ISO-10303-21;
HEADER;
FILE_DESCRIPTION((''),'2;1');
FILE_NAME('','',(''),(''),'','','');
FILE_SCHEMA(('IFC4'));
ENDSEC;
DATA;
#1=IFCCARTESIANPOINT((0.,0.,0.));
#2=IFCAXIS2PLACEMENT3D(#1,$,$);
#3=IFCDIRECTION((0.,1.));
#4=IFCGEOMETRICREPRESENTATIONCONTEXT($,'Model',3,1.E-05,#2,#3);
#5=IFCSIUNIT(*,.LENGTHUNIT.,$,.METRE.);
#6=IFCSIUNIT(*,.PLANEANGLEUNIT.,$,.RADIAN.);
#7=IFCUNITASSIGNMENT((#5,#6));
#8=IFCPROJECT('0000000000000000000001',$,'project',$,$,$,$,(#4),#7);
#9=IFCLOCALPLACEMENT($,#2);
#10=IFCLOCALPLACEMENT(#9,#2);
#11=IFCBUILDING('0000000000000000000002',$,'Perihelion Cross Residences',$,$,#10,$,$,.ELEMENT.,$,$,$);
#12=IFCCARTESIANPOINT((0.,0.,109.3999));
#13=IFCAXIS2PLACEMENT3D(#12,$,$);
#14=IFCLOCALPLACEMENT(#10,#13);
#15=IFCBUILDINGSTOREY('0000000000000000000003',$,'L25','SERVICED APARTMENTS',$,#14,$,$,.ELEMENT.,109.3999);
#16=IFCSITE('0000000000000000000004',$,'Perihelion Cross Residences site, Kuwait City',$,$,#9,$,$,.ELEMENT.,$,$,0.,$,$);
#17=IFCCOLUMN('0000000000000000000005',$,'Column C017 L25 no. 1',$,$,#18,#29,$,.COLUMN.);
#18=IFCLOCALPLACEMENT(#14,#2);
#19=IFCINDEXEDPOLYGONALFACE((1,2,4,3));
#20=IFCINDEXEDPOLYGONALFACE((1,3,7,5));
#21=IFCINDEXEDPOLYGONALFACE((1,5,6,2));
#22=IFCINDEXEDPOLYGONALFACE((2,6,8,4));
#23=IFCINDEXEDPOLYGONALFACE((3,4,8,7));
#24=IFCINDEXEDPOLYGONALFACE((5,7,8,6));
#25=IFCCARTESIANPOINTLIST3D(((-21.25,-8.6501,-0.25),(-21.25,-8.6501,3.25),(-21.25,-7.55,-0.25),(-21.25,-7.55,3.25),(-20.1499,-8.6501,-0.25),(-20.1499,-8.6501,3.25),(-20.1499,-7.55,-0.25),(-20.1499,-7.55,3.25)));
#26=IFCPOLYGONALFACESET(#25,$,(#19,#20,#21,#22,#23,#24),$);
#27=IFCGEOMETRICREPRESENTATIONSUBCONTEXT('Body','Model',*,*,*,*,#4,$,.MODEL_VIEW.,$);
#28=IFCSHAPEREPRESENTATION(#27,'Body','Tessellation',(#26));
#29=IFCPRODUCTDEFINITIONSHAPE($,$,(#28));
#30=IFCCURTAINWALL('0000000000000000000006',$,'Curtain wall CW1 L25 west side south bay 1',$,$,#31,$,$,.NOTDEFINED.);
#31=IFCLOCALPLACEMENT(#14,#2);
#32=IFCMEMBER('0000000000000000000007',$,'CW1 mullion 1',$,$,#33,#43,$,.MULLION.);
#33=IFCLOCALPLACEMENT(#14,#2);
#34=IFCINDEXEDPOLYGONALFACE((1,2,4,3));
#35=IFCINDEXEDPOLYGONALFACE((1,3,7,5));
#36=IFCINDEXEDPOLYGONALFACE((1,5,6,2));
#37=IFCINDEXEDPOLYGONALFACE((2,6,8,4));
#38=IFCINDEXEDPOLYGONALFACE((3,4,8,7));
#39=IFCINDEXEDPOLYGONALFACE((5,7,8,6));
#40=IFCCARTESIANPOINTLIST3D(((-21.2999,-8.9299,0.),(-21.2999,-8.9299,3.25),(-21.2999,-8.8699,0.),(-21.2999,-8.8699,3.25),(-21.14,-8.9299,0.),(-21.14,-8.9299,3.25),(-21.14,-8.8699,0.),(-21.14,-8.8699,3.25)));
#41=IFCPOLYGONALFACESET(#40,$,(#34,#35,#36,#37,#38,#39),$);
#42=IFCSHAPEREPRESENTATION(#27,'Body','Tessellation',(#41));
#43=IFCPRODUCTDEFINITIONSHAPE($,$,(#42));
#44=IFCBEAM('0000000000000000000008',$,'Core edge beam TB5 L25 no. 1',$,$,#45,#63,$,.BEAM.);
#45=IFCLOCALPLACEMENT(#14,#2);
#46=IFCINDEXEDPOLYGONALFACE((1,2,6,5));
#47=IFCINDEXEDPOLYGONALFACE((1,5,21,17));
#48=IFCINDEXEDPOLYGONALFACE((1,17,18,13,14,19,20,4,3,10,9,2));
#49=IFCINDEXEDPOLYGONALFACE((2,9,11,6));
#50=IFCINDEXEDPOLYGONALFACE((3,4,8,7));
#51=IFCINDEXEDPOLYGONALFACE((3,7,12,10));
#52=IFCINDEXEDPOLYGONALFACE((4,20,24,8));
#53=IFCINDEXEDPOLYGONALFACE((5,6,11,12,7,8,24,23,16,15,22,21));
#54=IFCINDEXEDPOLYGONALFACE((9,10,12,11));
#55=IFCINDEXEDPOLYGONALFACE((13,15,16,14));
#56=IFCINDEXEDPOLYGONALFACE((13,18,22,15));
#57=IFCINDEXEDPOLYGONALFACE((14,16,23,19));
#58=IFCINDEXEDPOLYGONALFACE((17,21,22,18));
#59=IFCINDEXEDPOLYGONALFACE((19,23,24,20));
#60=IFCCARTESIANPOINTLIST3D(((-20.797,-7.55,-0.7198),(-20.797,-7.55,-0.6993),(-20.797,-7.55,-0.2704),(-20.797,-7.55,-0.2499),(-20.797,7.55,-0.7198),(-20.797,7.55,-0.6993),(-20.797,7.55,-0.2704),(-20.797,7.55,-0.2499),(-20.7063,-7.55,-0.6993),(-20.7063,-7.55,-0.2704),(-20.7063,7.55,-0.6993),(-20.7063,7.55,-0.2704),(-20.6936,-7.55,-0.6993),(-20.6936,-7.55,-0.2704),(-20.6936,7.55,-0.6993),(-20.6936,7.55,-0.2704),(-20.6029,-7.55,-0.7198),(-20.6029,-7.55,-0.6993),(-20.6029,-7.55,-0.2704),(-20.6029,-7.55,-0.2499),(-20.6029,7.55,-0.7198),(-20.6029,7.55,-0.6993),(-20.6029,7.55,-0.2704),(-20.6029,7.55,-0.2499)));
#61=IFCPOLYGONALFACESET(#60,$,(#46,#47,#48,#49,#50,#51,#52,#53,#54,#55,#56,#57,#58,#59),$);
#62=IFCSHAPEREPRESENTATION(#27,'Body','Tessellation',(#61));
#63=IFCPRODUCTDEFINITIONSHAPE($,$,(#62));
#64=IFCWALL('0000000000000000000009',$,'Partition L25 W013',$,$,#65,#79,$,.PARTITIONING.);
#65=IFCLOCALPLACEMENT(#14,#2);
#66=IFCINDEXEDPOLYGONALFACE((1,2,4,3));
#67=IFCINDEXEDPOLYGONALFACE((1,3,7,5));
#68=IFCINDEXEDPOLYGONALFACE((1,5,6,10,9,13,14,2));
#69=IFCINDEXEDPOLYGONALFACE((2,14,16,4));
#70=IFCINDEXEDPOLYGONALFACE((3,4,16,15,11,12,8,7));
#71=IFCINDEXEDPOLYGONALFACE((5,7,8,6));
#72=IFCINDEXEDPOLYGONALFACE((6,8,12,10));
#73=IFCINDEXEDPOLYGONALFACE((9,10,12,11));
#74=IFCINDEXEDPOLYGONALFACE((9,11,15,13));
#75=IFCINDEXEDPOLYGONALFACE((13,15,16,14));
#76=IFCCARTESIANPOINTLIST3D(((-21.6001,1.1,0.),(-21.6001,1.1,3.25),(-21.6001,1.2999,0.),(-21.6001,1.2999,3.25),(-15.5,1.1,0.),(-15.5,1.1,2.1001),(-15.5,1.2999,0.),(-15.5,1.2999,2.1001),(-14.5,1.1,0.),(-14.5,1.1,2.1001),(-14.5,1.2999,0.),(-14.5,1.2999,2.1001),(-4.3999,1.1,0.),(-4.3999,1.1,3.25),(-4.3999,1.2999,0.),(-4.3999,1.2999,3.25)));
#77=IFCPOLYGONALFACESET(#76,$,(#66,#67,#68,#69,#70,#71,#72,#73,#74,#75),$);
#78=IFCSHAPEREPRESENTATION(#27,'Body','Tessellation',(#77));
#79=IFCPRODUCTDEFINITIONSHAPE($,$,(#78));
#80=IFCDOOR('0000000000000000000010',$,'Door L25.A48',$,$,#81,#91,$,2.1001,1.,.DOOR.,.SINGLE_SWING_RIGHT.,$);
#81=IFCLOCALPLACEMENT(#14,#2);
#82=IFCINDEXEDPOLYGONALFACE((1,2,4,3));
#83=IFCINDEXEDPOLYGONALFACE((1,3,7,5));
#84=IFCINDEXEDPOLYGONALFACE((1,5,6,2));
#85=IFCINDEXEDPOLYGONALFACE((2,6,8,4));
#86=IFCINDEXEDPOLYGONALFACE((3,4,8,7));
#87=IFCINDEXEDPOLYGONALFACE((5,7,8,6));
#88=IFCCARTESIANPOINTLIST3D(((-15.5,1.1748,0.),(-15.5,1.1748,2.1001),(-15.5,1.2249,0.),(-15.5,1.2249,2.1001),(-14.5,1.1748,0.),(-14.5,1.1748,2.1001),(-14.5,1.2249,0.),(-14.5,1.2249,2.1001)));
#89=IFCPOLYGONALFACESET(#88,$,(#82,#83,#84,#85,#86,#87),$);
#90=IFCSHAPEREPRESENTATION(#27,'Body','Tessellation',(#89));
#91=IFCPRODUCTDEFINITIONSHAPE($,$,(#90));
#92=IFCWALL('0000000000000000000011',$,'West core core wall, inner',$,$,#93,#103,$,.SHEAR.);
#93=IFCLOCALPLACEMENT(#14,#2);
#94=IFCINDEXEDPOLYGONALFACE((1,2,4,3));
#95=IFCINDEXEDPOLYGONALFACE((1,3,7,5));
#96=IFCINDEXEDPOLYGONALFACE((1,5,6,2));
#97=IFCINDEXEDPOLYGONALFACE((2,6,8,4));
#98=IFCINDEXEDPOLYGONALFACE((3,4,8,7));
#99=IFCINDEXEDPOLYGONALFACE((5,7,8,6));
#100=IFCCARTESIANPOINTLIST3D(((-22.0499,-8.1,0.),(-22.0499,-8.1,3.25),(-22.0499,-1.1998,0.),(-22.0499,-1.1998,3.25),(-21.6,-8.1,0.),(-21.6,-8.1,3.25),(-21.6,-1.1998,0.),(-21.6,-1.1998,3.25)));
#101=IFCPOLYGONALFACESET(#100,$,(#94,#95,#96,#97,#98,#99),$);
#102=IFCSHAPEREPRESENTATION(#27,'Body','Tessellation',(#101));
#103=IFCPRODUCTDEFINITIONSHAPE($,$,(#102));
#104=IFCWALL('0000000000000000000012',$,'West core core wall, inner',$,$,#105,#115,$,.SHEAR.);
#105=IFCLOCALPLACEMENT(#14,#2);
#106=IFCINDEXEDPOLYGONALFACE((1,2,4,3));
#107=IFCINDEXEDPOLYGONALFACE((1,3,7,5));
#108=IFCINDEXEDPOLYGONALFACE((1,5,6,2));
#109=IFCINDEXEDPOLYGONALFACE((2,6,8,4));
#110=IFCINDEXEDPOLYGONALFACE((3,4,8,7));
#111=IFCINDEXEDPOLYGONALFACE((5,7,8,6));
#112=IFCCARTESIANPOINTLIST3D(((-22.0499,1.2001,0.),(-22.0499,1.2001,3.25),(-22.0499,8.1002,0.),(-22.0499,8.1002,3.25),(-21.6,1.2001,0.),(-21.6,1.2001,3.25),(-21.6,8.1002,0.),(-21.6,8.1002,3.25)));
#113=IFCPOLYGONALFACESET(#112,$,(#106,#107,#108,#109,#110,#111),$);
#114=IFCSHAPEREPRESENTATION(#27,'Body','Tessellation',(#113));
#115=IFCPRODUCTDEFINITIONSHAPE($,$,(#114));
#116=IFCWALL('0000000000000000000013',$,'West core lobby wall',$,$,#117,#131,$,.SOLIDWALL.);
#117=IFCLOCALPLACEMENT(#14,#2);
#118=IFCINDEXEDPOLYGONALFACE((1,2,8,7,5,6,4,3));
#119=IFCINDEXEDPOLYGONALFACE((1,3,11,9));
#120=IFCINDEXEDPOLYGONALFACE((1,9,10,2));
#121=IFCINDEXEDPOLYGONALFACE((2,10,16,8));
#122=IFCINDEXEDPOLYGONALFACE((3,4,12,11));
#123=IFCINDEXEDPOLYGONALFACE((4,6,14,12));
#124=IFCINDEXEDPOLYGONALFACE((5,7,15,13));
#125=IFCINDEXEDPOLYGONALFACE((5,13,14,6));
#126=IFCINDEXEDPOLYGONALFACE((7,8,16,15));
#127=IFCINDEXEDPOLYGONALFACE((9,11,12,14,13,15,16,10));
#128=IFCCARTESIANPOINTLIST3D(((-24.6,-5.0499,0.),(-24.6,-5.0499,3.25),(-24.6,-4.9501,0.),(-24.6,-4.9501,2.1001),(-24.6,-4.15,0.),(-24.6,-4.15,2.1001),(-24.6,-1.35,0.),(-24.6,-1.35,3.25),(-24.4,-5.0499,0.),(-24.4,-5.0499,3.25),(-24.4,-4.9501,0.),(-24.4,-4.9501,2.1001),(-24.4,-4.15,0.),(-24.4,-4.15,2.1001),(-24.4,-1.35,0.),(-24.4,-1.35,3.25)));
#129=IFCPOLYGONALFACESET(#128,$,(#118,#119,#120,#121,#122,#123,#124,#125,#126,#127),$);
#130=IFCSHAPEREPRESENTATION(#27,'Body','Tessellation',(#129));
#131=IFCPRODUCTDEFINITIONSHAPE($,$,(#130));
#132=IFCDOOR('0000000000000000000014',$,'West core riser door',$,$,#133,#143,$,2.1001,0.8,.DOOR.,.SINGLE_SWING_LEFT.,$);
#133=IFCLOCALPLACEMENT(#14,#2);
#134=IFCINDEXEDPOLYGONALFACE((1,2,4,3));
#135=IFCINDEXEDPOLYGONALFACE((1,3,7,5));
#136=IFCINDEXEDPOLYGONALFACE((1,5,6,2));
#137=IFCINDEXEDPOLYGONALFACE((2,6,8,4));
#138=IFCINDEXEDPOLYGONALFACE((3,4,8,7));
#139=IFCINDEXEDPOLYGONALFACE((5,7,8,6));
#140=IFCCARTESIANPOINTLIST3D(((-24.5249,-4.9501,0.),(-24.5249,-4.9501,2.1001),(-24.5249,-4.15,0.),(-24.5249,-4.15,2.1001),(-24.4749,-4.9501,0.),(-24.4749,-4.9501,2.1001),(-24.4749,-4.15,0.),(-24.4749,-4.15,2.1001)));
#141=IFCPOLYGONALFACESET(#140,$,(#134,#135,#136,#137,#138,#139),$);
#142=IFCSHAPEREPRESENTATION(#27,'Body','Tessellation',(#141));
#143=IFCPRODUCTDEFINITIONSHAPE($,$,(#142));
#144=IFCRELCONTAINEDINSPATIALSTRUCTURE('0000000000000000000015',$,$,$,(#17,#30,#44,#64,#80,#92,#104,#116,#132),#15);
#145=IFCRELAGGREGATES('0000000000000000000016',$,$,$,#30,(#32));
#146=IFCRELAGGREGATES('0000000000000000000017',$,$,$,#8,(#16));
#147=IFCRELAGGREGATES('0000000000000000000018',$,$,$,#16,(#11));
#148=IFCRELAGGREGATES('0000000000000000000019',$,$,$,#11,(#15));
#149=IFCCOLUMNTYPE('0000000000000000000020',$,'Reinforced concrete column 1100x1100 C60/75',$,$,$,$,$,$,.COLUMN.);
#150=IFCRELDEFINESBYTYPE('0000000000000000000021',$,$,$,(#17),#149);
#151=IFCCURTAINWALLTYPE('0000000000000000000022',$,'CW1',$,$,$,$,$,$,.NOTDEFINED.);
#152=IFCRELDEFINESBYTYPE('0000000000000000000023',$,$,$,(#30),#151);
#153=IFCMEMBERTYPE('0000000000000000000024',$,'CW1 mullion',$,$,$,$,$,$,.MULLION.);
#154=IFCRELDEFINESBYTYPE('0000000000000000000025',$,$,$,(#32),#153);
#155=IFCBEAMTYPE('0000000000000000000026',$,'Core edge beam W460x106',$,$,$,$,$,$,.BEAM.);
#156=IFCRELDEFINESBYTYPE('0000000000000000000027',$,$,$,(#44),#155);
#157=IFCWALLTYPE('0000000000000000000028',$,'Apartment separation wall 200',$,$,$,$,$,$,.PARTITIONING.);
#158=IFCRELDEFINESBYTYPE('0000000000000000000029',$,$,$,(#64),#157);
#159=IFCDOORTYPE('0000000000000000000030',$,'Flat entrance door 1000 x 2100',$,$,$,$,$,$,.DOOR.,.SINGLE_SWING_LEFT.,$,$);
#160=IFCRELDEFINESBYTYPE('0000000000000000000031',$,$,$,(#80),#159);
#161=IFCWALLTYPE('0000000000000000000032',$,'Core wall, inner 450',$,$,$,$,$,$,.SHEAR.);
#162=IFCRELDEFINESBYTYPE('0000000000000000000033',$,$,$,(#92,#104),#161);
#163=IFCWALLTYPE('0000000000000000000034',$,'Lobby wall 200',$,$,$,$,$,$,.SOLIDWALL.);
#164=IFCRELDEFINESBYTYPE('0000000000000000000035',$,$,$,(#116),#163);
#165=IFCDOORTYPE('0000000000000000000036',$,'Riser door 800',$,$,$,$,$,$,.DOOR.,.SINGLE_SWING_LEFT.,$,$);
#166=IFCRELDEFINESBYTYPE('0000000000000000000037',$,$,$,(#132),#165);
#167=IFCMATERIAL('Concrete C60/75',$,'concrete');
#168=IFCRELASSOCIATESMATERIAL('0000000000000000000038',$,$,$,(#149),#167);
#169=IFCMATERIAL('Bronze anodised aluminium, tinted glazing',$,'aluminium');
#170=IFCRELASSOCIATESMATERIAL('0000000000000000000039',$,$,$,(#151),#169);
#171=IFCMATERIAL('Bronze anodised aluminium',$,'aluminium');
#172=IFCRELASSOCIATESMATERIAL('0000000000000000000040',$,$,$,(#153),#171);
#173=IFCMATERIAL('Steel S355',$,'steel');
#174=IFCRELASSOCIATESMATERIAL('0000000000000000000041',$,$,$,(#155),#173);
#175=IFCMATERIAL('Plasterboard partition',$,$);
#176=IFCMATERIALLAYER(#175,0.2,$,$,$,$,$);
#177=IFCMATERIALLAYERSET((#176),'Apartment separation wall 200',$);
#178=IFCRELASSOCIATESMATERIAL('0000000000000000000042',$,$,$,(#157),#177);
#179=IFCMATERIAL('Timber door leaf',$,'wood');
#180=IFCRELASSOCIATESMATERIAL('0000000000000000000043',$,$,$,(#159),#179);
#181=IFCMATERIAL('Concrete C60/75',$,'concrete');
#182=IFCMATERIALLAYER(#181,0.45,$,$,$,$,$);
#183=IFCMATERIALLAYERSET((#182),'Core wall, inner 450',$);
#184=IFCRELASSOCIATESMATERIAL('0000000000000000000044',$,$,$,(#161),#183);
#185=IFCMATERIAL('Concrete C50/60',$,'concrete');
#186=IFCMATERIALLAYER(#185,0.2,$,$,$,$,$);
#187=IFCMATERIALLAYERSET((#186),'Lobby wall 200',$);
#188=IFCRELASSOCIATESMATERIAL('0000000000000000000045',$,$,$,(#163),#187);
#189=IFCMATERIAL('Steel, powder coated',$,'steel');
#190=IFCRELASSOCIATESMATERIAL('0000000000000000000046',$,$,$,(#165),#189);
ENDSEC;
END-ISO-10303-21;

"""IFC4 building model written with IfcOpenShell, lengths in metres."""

from ifc_helpers import new_model, si_unit, direction, frame, frame_2d, origin, origin_2d, place, context, subcontext, project, spatial, rectangle, i_section, extrude, material, layer, layer_set, material_profile, profile_set, type_object, element, fill, aggregate, save


model = new_model("IFC4")

# Units and contexts
model_context = context("Model", 3, precision=1e-05, world=origin(), true_north=direction((0.0, 1.0)))
body_context = subcontext(model_context, "Body", "Model", "MODEL_VIEW")
ifc_project = project(units=[si_unit("LENGTHUNIT", "METRE"), si_unit("PLANEANGLEUNIT", "RADIAN")], contexts=[model_context])

# Site, building, storey
site_placement = place(None, origin())
site = spatial("IfcSite", under=ifc_project, at=site_placement, Name="Perihelion Cross Residences site, Kuwait City", CompositionType="ELEMENT", RefElevation=0.0)
building_placement = place(site_placement, origin())
building = spatial("IfcBuilding", under=site, at=building_placement, Name="Perihelion Cross Residences", CompositionType="ELEMENT")
storey_placement = place(building_placement, frame((0.0, 0.0, 109.3999)))
storey = spatial("IfcBuildingStorey", under=building, at=storey_placement, Name="L25", Description="SERVICED APARTMENTS", CompositionType="ELEMENT", Elevation=109.3999)

# Column
ifc_material_1 = material(Name="Concrete C60/75", Category="concrete")
ifc_material_profile_1 = material_profile(ifc_material_1, rectangle(XDim=1.1001, YDim=1.1001, at=origin_2d()), Name="RC 1100x1100")
ifc_profile_set_1 = profile_set([ifc_material_profile_1], Name="Concrete C60/75")
column_type = type_object("IfcColumnType", Name="Reinforced concrete column 1100x1100 C60/75", PredefinedType="COLUMN", material=ifc_profile_set_1)
column_placement = place(storey_placement, frame((-20.7, -8.1001, -0.25), z_axis=(0.0, 0.0, 1.0), x_axis=(1.0, 0.0, 0.0)))
element("IfcColumn", 1, at=column_placement, inside=storey, type_object=column_type, Name="Column C017 L25 no. 1", PredefinedType="COLUMN", context=body_context, shape_type="SweptSolid", body=[
    extrude(rectangle(XDim=1.1001, YDim=1.1001, at=origin_2d()), origin(), (0.0, 0.0, 1.0), 3.5),
])

# Curtain wall, member
ifc_material_2 = material(Name="Bronze anodised aluminium, tinted glazing", Category="aluminium")
curtain_wall_type = type_object("IfcCurtainWallType", Name="CW1", PredefinedType="NOTDEFINED", material=ifc_material_2)
curtain_wall_placement = place(storey_placement, origin())
curtain_wall = element("IfcCurtainWall", 2, at=curtain_wall_placement, inside=storey, type_object=curtain_wall_type, Name="Curtain wall CW1 L25 west side south bay 1", PredefinedType="NOTDEFINED")
ifc_material_3 = material(Name="Bronze anodised aluminium", Category="aluminium")
ifc_material_profile_2 = material_profile(ifc_material_3, rectangle(XDim=0.0601, YDim=0.1599, at=origin_2d()), Name="CW1 mullion")
ifc_profile_set_2 = profile_set([ifc_material_profile_2], Name="Bronze anodised aluminium")
member_type = type_object("IfcMemberType", Name="CW1 mullion", PredefinedType="MULLION", material=ifc_profile_set_2)
member_placement = place(storey_placement, frame((-21.22, -8.8999, 0.0), z_axis=(0.0, 0.0, 1.0), x_axis=(0.0, 1.0, 0.0)))
member = element("IfcMember", 3, at=member_placement, type_object=member_type, Name="CW1 mullion 1", PredefinedType="MULLION", context=body_context, shape_type="SweptSolid", body=[
    extrude(rectangle(XDim=0.0601, YDim=0.1599, at=origin_2d()), origin(), (0.0, 0.0, 1.0), 3.25),
])
aggregate(curtain_wall, [member])

# Beam
ifc_material_4 = material(Name="Steel S355", Category="steel")
ifc_material_profile_3 = material_profile(ifc_material_4, i_section(OverallWidth=0.1941, OverallDepth=0.47, WebThickness=0.0127, FlangeThickness=0.0205, at=origin_2d()), Name="W460x106")
ifc_profile_set_3 = profile_set([ifc_material_profile_3], Name="Steel S355")
beam_type = type_object("IfcBeamType", Name="Core edge beam W460x106", PredefinedType="BEAM", material=ifc_profile_set_3)
beam_placement = place(storey_placement, frame((-20.7, -7.55, -0.4849), z_axis=(0.0, 1.0, 0.0), x_axis=(-1.0, 0.0, 0.0)))
element("IfcBeam", 4, at=beam_placement, inside=storey, type_object=beam_type, Name="Core edge beam TB5 L25 no. 1", PredefinedType="BEAM", context=body_context, shape_type="SweptSolid", body=[
    extrude(i_section(OverallWidth=0.1941, OverallDepth=0.47, WebThickness=0.0127, FlangeThickness=0.0205, at=origin_2d()), origin(), (0.0, 0.0, 1.0), 15.1001),
])

# Wall, opening, door
ifc_material_5 = material(Name="Plasterboard partition")
ifc_layer_1 = layer(ifc_material_5, 0.2)
ifc_layer_set_1 = layer_set([ifc_layer_1], Name="Apartment separation wall 200")
wall_type_1 = type_object("IfcWallType", Name="Apartment separation wall 200", PredefinedType="PARTITIONING", material=ifc_layer_set_1)
wall_1_placement = place(storey_placement, frame((-21.6001, 1.2, 0.0), z_axis=(0.0, 0.0, 1.0), x_axis=(1.0, 0.0, 0.0)))
wall_1 = element("IfcWall", 5, at=wall_1_placement, inside=storey, type_object=wall_type_1, Name="Partition L25 W013", PredefinedType="PARTITIONING", context=body_context, shape_type="SweptSolid", body=[
    extrude(rectangle(XDim=17.2002, YDim=0.2, at=frame_2d((8.6001, 0.0))), origin(), (0.0, 0.0, 1.0), 3.25),
])
opening_1_placement = place(wall_1_placement, frame((6.1001, 0.0, 0.0)))
opening_1 = element("IfcOpeningElement", 6, at=opening_1_placement, cuts=wall_1, PredefinedType="OPENING", context=body_context, shape_type="SweptSolid", body=[
    extrude(rectangle(XDim=1.0, YDim=2.1001, at=frame_2d((0.5, 1.05))), frame((0.0, 0.1099, 0.0), z_axis=(0.0, -1.0, 0.0), x_axis=(1.0, 0.0, 0.0)), (0.0, 0.0, 1.0), 0.22),
])
ifc_material_6 = material(Name="Timber door leaf", Category="wood")
door_type_1 = type_object("IfcDoorType", Name="Flat entrance door 1000 x 2100", OperationType="SINGLE_SWING_LEFT", PredefinedType="DOOR", material=ifc_material_6)
door_1_placement = place(opening_1_placement, origin())
door_1 = element("IfcDoor", 7, at=door_1_placement, inside=storey, type_object=door_type_1, Name="Door L25.A48", OperationType="SINGLE_SWING_RIGHT", OverallHeight=2.1001, OverallWidth=1.0, PredefinedType="DOOR", context=body_context, shape_type="SweptSolid", body=[
    extrude(rectangle(XDim=1.0, YDim=2.1001, at=frame_2d((0.5, 1.05))), frame((0.0, 0.0249, 0.0), z_axis=(0.0, -1.0, 0.0), x_axis=(1.0, 0.0, 0.0)), (0.0, 0.0, 1.0), 0.05),
])
fill(opening_1, door_1)

# Walls
ifc_material_7 = material(Name="Concrete C60/75", Category="concrete")
ifc_layer_2 = layer(ifc_material_7, 0.45)
ifc_layer_set_2 = layer_set([ifc_layer_2], Name="Core wall, inner 450")
wall_type_2 = type_object("IfcWallType", Name="Core wall, inner 450", PredefinedType="SHEAR", material=ifc_layer_set_2)
for number, where, z_axis, x_axis, name in (
    (8, (-21.825, -8.1001, 0.0), (0.0, 0.0, 1.0), (0.0, 1.0, 0.0), "West core core wall, inner"),
    (9, (-21.825, 1.2, 0.0), (0.0, 0.0, 1.0), (0.0, 1.0, 0.0), "West core core wall, inner"),
):
    element("IfcWall", number, at=place(storey_placement, frame(where, z_axis=z_axis, x_axis=x_axis)), inside=storey, type_object=wall_type_2, Name=name, PredefinedType="SHEAR", context=body_context, shape_type="SweptSolid", body=[
        extrude(rectangle(XDim=6.9001, YDim=0.45, at=frame_2d((3.4502, 0.0))), origin(), (0.0, 0.0, 1.0), 3.25),
    ])

# Wall, opening, door
ifc_material_8 = material(Name="Concrete C50/60", Category="concrete")
ifc_layer_3 = layer(ifc_material_8, 0.2)
ifc_layer_set_3 = layer_set([ifc_layer_3], Name="Lobby wall 200")
wall_type_3 = type_object("IfcWallType", Name="Lobby wall 200", PredefinedType="SOLIDWALL", material=ifc_layer_set_3)
wall_2_placement = place(storey_placement, frame((-24.5, -5.05, 0.0), z_axis=(0.0, 0.0, 1.0), x_axis=(0.0, 1.0, 0.0)))
wall_2 = element("IfcWall", 10, at=wall_2_placement, inside=storey, type_object=wall_type_3, Name="West core lobby wall", PredefinedType="SOLIDWALL", context=body_context, shape_type="SweptSolid", body=[
    extrude(rectangle(XDim=3.7, YDim=0.2, at=frame_2d((1.8501, 0.0))), origin(), (0.0, 0.0, 1.0), 3.25),
])
opening_2_placement = place(wall_2_placement, frame((0.1001, 0.0, 0.0)))
opening_2 = element("IfcOpeningElement", 11, at=opening_2_placement, cuts=wall_2, PredefinedType="OPENING", context=body_context, shape_type="SweptSolid", body=[
    extrude(rectangle(XDim=0.8, YDim=2.1001, at=frame_2d((0.3999, 1.05))), frame((0.0, 0.1099, 0.0), z_axis=(0.0, -1.0, 0.0), x_axis=(1.0, 0.0, 0.0)), (0.0, 0.0, 1.0), 0.22),
])
ifc_material_9 = material(Name="Steel, powder coated", Category="steel")
door_type_2 = type_object("IfcDoorType", Name="Riser door 800", OperationType="SINGLE_SWING_LEFT", PredefinedType="DOOR", material=ifc_material_9)
door_2_placement = place(opening_2_placement, origin())
door_2 = element("IfcDoor", 12, at=door_2_placement, inside=storey, type_object=door_type_2, Name="West core riser door", OperationType="SINGLE_SWING_LEFT", OverallHeight=2.1001, OverallWidth=0.8, PredefinedType="DOOR", context=body_context, shape_type="SweptSolid", body=[
    extrude(rectangle(XDim=0.8, YDim=2.1001, at=frame_2d((0.3999, 1.05))), frame((0.0, 0.0249, 0.0), z_axis=(0.0, -1.0, 0.0), x_axis=(1.0, 0.0, 0.0)), (0.0, 0.0, 1.0), 0.05),
])
fill(opening_2, door_2)

save(model, "model.ifc")
